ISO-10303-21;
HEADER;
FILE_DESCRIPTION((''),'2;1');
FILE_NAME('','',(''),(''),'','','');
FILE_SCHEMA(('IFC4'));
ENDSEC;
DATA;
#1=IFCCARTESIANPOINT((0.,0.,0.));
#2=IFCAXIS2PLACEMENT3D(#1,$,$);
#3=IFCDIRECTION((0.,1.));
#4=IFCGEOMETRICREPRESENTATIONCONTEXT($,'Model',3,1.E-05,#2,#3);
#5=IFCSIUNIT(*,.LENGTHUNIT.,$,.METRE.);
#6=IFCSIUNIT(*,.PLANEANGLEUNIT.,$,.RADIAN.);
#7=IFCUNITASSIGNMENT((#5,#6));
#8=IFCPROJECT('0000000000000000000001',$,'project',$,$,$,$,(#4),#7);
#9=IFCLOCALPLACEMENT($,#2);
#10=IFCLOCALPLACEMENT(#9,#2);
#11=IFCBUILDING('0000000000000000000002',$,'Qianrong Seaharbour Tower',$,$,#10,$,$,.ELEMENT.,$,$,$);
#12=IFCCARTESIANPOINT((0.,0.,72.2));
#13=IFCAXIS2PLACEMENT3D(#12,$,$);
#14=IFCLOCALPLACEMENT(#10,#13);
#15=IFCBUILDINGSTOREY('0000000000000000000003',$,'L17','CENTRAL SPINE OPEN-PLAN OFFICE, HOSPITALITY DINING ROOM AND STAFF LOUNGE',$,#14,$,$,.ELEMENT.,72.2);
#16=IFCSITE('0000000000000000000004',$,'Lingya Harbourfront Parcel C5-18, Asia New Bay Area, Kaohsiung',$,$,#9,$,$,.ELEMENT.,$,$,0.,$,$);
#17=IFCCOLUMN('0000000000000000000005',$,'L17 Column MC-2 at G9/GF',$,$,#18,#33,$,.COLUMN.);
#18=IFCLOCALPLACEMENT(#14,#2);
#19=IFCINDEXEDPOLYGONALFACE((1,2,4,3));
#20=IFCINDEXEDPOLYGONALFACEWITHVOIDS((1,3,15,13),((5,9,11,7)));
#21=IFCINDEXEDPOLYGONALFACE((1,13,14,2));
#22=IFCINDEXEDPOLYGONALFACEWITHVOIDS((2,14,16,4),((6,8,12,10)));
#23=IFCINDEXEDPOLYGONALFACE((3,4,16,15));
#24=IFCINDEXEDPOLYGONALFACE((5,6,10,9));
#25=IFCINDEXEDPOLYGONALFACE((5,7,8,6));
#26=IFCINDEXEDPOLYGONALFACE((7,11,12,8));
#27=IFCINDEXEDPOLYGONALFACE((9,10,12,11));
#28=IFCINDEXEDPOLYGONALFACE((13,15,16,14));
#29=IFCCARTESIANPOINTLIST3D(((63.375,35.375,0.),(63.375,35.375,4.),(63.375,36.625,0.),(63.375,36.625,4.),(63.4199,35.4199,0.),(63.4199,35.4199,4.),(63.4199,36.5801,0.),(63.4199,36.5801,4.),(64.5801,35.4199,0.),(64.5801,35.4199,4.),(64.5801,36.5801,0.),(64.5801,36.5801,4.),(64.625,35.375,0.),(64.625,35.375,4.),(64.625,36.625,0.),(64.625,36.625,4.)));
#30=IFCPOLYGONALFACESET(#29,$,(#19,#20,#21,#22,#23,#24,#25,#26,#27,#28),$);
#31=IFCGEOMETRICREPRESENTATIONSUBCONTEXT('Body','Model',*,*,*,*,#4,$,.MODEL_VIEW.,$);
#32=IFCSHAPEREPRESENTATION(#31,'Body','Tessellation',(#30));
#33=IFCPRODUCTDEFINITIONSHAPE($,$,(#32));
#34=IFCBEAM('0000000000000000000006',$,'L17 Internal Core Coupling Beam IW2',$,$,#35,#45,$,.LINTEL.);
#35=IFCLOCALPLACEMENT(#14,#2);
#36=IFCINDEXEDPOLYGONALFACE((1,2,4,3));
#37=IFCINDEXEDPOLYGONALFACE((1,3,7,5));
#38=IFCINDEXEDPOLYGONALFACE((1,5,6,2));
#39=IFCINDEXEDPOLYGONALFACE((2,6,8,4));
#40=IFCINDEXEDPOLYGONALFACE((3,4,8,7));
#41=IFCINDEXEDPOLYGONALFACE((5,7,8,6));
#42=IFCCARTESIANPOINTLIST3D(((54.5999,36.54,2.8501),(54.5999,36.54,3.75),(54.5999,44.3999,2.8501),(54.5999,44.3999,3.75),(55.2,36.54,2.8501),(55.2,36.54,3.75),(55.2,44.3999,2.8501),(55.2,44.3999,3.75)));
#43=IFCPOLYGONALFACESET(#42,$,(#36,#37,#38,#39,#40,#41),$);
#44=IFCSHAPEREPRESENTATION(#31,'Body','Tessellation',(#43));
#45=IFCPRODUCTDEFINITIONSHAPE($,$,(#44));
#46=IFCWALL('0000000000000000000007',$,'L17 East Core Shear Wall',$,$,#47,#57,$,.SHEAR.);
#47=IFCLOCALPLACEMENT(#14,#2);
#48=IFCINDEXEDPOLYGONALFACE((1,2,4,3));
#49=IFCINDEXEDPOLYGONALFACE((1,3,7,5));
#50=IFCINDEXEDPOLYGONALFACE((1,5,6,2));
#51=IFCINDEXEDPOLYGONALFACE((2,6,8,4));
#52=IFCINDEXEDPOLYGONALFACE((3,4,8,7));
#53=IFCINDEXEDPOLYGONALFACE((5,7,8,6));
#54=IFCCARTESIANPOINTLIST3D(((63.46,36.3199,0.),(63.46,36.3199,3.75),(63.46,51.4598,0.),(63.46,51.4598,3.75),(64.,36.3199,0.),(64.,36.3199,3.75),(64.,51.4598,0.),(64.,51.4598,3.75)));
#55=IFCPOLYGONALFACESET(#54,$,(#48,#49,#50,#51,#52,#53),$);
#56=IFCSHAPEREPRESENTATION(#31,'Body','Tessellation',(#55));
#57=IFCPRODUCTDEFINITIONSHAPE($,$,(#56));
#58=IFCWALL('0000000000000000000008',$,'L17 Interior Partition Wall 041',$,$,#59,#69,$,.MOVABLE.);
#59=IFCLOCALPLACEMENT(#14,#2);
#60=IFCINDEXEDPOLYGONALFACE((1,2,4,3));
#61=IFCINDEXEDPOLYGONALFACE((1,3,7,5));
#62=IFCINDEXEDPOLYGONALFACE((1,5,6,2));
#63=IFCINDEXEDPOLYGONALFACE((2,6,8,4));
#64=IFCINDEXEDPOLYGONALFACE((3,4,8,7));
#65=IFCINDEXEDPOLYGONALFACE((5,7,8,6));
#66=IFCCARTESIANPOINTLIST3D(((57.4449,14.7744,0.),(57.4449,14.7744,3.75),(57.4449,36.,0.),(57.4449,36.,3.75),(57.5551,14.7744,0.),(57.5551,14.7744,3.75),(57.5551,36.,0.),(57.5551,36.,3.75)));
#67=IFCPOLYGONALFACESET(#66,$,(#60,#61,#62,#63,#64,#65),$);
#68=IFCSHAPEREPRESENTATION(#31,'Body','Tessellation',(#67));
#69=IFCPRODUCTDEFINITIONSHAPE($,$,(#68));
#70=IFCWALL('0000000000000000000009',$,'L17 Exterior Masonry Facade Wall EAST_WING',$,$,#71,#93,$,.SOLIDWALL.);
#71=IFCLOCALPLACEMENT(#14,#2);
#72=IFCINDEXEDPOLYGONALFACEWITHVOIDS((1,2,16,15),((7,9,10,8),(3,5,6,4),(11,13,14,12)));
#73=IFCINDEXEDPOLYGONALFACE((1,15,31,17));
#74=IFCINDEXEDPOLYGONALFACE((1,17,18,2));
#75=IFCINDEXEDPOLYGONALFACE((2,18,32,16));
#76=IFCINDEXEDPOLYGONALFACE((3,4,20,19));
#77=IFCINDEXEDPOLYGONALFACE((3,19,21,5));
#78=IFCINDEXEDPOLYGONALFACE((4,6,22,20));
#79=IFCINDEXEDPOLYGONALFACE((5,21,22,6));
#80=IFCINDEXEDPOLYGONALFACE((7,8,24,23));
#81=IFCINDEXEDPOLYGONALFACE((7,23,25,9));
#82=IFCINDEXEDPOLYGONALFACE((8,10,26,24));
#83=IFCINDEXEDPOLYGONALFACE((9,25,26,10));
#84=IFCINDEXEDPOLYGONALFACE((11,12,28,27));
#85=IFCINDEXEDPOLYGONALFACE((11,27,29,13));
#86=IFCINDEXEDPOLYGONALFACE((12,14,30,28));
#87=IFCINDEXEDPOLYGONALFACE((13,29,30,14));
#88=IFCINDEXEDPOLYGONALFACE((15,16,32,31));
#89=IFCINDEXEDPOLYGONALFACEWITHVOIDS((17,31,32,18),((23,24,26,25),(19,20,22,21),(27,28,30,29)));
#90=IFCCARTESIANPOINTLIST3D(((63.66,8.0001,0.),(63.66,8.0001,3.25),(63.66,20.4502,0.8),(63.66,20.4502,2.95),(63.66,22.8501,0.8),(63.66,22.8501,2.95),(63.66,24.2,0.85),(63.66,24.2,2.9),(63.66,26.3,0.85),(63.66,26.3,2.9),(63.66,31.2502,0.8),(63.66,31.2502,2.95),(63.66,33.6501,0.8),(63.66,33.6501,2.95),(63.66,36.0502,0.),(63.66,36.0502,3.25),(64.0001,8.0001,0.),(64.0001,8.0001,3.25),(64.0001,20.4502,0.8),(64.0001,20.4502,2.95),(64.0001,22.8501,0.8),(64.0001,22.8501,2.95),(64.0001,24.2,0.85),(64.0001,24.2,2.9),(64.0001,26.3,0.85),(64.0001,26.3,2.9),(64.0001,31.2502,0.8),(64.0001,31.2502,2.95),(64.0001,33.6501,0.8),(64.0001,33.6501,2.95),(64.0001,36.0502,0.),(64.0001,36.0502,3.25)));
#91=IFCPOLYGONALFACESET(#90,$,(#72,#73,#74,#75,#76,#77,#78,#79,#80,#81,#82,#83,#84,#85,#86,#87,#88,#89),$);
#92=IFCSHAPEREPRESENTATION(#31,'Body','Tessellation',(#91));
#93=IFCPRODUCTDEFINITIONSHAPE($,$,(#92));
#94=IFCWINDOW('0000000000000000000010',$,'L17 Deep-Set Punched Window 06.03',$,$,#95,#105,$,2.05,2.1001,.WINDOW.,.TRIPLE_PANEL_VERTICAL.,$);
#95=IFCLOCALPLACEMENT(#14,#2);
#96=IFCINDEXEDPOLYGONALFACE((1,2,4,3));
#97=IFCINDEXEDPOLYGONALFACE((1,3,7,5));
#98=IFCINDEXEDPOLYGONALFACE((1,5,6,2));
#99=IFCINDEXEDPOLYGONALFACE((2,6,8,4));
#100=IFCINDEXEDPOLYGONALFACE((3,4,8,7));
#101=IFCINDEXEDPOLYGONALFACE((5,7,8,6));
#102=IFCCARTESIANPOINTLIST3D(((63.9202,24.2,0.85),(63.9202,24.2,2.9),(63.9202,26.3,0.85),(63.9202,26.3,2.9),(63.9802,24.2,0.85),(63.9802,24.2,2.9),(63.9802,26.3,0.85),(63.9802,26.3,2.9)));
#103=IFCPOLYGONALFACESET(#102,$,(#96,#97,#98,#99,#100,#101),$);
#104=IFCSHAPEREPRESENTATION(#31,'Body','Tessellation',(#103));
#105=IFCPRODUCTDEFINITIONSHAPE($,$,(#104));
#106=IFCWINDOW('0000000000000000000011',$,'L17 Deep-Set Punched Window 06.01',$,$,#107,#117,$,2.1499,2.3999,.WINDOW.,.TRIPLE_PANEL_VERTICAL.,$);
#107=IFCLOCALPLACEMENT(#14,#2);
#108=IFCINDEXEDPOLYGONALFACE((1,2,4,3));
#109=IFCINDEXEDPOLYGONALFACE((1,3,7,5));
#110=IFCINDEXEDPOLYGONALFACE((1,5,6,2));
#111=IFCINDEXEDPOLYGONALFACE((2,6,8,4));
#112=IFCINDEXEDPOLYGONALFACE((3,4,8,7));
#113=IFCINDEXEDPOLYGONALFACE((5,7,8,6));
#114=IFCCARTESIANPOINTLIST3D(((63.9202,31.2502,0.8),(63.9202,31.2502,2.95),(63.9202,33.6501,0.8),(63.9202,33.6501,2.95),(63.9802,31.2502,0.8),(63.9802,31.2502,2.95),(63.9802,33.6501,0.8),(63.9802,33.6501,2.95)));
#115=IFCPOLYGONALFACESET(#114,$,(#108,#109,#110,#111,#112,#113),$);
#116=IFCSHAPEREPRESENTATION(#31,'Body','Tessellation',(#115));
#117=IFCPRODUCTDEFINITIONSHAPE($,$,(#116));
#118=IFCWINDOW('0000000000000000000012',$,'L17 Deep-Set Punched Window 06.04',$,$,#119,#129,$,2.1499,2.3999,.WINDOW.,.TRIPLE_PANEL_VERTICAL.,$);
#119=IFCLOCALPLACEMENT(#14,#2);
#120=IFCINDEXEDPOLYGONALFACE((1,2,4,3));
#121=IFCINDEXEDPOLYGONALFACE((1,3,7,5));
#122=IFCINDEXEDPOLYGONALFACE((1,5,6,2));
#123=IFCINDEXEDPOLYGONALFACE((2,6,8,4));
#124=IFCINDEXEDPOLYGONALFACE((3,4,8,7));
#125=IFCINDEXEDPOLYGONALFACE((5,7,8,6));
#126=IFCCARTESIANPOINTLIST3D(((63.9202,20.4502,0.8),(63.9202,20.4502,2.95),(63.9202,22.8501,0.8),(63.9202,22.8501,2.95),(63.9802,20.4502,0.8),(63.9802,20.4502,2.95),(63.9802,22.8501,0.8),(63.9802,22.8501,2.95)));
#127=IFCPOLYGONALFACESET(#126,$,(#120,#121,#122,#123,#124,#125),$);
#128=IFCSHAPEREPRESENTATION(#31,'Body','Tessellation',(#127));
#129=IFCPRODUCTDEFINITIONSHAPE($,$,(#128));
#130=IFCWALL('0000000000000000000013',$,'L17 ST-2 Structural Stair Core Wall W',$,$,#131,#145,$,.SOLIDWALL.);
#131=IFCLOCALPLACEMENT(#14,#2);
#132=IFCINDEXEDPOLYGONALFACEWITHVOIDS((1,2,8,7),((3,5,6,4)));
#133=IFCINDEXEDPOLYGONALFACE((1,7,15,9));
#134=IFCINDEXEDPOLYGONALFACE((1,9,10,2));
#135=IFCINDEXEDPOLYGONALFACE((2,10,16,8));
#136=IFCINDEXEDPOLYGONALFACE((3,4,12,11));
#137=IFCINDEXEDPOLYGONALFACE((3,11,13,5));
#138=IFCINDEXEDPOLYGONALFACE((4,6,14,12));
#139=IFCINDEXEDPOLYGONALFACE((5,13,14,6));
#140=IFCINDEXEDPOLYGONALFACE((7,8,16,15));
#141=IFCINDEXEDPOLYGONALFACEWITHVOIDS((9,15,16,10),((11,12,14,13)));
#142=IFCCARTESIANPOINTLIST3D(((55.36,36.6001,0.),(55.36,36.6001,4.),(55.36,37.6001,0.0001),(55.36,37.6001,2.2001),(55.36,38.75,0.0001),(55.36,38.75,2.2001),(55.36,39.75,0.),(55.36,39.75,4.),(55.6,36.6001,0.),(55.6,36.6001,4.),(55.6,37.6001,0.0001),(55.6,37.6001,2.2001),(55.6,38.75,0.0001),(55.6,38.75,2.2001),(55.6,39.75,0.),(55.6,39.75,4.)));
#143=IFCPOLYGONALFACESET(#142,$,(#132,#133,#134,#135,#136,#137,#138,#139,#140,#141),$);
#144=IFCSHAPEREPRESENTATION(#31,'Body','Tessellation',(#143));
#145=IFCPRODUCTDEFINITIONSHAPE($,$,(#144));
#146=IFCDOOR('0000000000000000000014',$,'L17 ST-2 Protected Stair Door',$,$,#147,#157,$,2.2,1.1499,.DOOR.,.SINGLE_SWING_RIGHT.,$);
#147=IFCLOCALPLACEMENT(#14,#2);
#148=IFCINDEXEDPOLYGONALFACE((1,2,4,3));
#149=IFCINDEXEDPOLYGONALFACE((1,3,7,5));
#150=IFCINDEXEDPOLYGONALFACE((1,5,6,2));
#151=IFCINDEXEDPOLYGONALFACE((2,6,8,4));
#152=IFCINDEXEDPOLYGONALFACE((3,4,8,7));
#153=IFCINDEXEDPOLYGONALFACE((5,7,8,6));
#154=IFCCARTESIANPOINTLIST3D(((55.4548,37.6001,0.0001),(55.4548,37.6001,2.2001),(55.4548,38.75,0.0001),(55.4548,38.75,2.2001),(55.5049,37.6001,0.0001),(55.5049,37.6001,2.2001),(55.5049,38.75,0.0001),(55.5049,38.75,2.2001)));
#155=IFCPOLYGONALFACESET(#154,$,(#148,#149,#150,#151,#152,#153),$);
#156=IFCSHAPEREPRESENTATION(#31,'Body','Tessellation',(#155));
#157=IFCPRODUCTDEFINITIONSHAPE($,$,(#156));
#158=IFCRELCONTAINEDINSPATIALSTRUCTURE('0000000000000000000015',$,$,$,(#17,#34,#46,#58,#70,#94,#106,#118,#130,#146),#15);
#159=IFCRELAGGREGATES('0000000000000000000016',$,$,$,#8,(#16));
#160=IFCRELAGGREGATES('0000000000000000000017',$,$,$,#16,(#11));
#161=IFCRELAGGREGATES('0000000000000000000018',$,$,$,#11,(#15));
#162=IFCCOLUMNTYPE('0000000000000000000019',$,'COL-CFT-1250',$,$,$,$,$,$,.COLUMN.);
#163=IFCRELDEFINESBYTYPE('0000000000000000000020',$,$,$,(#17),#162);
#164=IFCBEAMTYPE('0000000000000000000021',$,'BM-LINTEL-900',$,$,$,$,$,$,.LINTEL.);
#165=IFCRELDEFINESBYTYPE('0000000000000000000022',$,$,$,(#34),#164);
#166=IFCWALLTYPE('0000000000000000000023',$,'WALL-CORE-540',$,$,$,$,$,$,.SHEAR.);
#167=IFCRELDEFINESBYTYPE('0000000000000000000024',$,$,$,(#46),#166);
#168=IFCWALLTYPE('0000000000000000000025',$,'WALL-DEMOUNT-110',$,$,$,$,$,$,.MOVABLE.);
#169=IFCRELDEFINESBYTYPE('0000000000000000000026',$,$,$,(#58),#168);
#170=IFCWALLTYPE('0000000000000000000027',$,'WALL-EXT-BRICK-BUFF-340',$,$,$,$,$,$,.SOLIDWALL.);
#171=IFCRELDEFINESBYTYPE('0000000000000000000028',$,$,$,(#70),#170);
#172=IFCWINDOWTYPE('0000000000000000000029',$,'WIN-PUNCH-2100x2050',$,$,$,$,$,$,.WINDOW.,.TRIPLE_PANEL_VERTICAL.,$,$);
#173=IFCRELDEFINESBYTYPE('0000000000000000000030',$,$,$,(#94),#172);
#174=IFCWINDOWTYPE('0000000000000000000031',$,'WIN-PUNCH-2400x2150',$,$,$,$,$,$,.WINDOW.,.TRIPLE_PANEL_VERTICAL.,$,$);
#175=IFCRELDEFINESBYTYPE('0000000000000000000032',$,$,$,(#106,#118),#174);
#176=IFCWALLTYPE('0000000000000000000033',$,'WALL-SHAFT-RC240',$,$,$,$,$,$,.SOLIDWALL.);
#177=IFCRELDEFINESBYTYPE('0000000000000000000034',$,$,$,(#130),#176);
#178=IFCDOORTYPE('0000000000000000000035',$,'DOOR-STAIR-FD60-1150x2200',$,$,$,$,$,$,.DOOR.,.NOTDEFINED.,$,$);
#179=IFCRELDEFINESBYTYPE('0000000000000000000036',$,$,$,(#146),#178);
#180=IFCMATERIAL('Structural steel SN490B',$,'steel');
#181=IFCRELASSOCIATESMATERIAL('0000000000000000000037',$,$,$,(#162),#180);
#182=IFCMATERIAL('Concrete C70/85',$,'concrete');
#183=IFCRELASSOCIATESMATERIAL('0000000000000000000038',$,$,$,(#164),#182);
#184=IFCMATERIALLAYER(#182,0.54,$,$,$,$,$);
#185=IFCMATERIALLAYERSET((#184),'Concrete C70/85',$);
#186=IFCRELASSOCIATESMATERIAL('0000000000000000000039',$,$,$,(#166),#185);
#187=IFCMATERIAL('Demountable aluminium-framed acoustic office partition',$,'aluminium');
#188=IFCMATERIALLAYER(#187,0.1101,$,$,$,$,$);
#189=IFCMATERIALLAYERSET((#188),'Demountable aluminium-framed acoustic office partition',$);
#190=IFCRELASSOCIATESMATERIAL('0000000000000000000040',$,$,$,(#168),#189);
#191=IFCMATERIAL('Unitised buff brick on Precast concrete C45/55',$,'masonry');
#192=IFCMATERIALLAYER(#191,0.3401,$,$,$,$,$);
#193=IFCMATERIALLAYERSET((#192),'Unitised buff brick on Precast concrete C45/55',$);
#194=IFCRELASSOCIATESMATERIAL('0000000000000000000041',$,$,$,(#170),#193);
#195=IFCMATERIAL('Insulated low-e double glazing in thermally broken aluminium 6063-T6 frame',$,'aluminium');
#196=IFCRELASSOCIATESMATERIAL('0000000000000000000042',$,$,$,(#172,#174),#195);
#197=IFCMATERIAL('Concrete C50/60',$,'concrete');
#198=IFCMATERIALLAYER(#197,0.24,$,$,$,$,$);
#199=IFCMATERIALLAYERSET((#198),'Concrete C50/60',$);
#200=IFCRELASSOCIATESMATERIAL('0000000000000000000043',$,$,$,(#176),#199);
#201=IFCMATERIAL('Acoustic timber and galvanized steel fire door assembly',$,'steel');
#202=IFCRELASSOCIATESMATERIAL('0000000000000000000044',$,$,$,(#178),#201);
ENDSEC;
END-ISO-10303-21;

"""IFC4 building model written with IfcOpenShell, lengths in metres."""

from ifc_helpers import new_model, si_unit, direction, frame, frame_2d, origin, origin_2d, place, context, subcontext, project, spatial, rectangle, hollow_rectangle, extrude, material, layer, layer_set, material_profile, profile_set, type_object, element, fill, save


model = new_model("IFC4")

# Units and contexts
model_context = context("Model", 3, precision=1e-05, world=origin(), true_north=direction((0.0, 1.0)))
body_context = subcontext(model_context, "Body", "Model", "MODEL_VIEW")
ifc_project = project(units=[si_unit("LENGTHUNIT", "METRE"), si_unit("PLANEANGLEUNIT", "RADIAN")], contexts=[model_context])

# Site, building, storey
site_placement = place(None, origin())
site = spatial("IfcSite", under=ifc_project, at=site_placement, Name="Lingya Harbourfront Parcel C5-18, Asia New Bay Area, Kaohsiung", CompositionType="ELEMENT", RefElevation=0.0)
building_placement = place(site_placement, origin())
building = spatial("IfcBuilding", under=site, at=building_placement, Name="Qianrong Seaharbour Tower", CompositionType="ELEMENT")
storey_placement = place(building_placement, frame((0.0, 0.0, 72.2)))
storey = spatial("IfcBuildingStorey", under=building, at=storey_placement, Name="L17", Description="CENTRAL SPINE OPEN-PLAN OFFICE, HOSPITALITY DINING ROOM AND STAFF LOUNGE", CompositionType="ELEMENT", Elevation=72.2)

# Column
ifc_material_1 = material(Name="Structural steel SN490B", Category="steel")
ifc_material_profile_1 = material_profile(ifc_material_1, hollow_rectangle(XDim=1.25, YDim=1.25, WallThickness=0.0449, at=origin_2d()), Name="BOX1250x1250x45")
ifc_profile_set_1 = profile_set([ifc_material_profile_1], Name="Structural steel SN490B")
column_type = type_object("IfcColumnType", Name="COL-CFT-1250", PredefinedType="COLUMN", material=ifc_profile_set_1)
column_placement = place(storey_placement, frame((64.0, 36.0, 0.0), z_axis=(0.0, 0.0, 1.0), x_axis=(1.0, 0.0, 0.0)))
element("IfcColumn", 1, at=column_placement, inside=storey, type_object=column_type, Name="L17 Column MC-2 at G9/GF", PredefinedType="COLUMN", context=body_context, shape_type="SweptSolid", body=[
    extrude(hollow_rectangle(XDim=1.25, YDim=1.25, WallThickness=0.0449, at=origin_2d()), origin(), (0.0, 0.0, 1.0), 4.0),
])

# Beam
ifc_material_2 = material(Name="Concrete C70/85", Category="concrete")
ifc_material_profile_2 = material_profile(ifc_material_2, rectangle(XDim=0.6001, YDim=0.8999, at=origin_2d()), Name="RC600x900")
ifc_profile_set_2 = profile_set([ifc_material_profile_2], Name="Concrete C70/85")
beam_type = type_object("IfcBeamType", Name="BM-LINTEL-900", PredefinedType="LINTEL", material=ifc_profile_set_2)
beam_placement = place(storey_placement, frame((54.8999, 36.54, 3.3), z_axis=(0.0, 1.0, 0.0), x_axis=(-1.0, 0.0, 0.0)))
element("IfcBeam", 2, at=beam_placement, inside=storey, type_object=beam_type, Name="L17 Internal Core Coupling Beam IW2", PredefinedType="LINTEL", context=body_context, shape_type="SweptSolid", body=[
    extrude(rectangle(XDim=0.6001, YDim=0.8999, at=origin_2d()), origin(), (0.0, 0.0, 1.0), 7.8599),
])

# Walls
ifc_layer_1 = layer(ifc_material_2, 0.54)
ifc_layer_set_1 = layer_set([ifc_layer_1], Name="Concrete C70/85")
wall_type_1 = type_object("IfcWallType", Name="WALL-CORE-540", PredefinedType="SHEAR", material=ifc_layer_set_1)
wall_1_placement = place(storey_placement, frame((63.73, 36.3201, 0.0), z_axis=(0.0, 0.0, 1.0), x_axis=(0.0, 1.0, 0.0)))
element("IfcWall", 3, at=wall_1_placement, inside=storey, type_object=wall_type_1, Name="L17 East Core Shear Wall", PredefinedType="SHEAR", context=body_context, shape_type="SweptSolid", body=[
    extrude(rectangle(XDim=15.1399, YDim=0.54, at=frame_2d((7.5698, 0.0))), origin(), (0.0, 0.0, 1.0), 3.75),
])
ifc_material_3 = material(Name="Demountable aluminium-framed acoustic office partition", Category="aluminium")
ifc_layer_2 = layer(ifc_material_3, 0.1101)
ifc_layer_set_2 = layer_set([ifc_layer_2], Name="Demountable aluminium-framed acoustic office partition")
wall_type_2 = type_object("IfcWallType", Name="WALL-DEMOUNT-110", PredefinedType="MOVABLE", material=ifc_layer_set_2)
wall_2_placement = place(storey_placement, frame((57.5, 36.0, 0.0), z_axis=(0.0, 0.0, 1.0), x_axis=(0.0, -1.0, 0.0)))
element("IfcWall", 4, at=wall_2_placement, inside=storey, type_object=wall_type_2, Name="L17 Interior Partition Wall 041", PredefinedType="MOVABLE", context=body_context, shape_type="SweptSolid", body=[
    extrude(rectangle(XDim=21.2256, YDim=0.1101, at=frame_2d((10.6128, 0.0))), origin(), (0.0, 0.0, 1.0), 3.75),
])

# Wall, openings, windows
ifc_material_4 = material(Name="Unitised buff brick on Precast concrete C45/55", Category="masonry")
ifc_layer_3 = layer(ifc_material_4, 0.3401)
ifc_layer_set_3 = layer_set([ifc_layer_3], Name="Unitised buff brick on Precast concrete C45/55")
wall_type_3 = type_object("IfcWallType", Name="WALL-EXT-BRICK-BUFF-340", PredefinedType="SOLIDWALL", material=ifc_layer_set_3)
wall_3_placement = place(storey_placement, frame((63.8301, 36.05, 0.0), z_axis=(0.0, 0.0, 1.0), x_axis=(0.0, -1.0, 0.0)))
wall_3 = element("IfcWall", 5, at=wall_3_placement, inside=storey, type_object=wall_type_3, Name="L17 Exterior Masonry Facade Wall EAST_WING", PredefinedType="SOLIDWALL", context=body_context, shape_type="SweptSolid", body=[
    extrude(rectangle(XDim=28.05, YDim=0.3401, at=frame_2d((14.0249, 0.0))), origin(), (0.0, 0.0, 1.0), 3.25),
])
opening_1_placement = place(wall_3_placement, frame((2.3999, 0.0, 0.8)))
opening_1 = element("IfcOpeningElement", 6, at=opening_1_placement, cuts=wall_3, PredefinedType="OPENING", context=body_context, shape_type="SweptSolid", body=[
    extrude(rectangle(XDim=2.3999, YDim=2.1499, at=frame_2d((1.2, 1.075))), frame((0.0, 0.1802, 0.0), z_axis=(0.0, -1.0, 0.0), x_axis=(1.0, 0.0, 0.0)), (0.0, 0.0, 1.0), 0.3601),
])
opening_2_placement = place(wall_3_placement, frame((9.75, 0.0, 0.8501)))
opening_2 = element("IfcOpeningElement", 7, at=opening_2_placement, cuts=wall_3, PredefinedType="OPENING", context=body_context, shape_type="SweptSolid", body=[
    extrude(rectangle(XDim=2.1001, YDim=2.05, at=frame_2d((1.05, 1.0249))), frame((0.0, 0.1802, 0.0), z_axis=(0.0, -1.0, 0.0), x_axis=(1.0, 0.0, 0.0)), (0.0, 0.0, 1.0), 0.3601),
])
opening_3_placement = place(wall_3_placement, frame((13.2, 0.0, 0.8)))
opening_3 = element("IfcOpeningElement", 8, at=opening_3_placement, cuts=wall_3, PredefinedType="OPENING", context=body_context, shape_type="SweptSolid", body=[
    extrude(rectangle(XDim=2.3999, YDim=2.1499, at=frame_2d((1.2, 1.075))), frame((0.0, 0.1802, 0.0), z_axis=(0.0, -1.0, 0.0), x_axis=(1.0, 0.0, 0.0)), (0.0, 0.0, 1.0), 0.3601),
])
ifc_material_5 = material(Name="Insulated low-e double glazing in thermally broken aluminium 6063-T6 frame", Category="aluminium")
window_type_1 = type_object("IfcWindowType", Name="WIN-PUNCH-2100x2050", PartitioningType="TRIPLE_PANEL_VERTICAL", PredefinedType="WINDOW", material=ifc_material_5)
window_1_placement = place(opening_2_placement, origin())
window_1 = element("IfcWindow", 9, at=window_1_placement, inside=storey, type_object=window_type_1, Name="L17 Deep-Set Punched Window 06.03", OverallHeight=2.05, OverallWidth=2.1001, PartitioningType="TRIPLE_PANEL_VERTICAL", PredefinedType="WINDOW", context=body_context, shape_type="SweptSolid", body=[
    extrude(rectangle(XDim=2.1001, YDim=2.05, at=frame_2d((1.05, 1.0249))), frame((0.0, 0.1501, 0.0), z_axis=(0.0, -1.0, 0.0), x_axis=(1.0, 0.0, 0.0)), (0.0, 0.0, 1.0), 0.0601),
])
fill(opening_2, window_1)
window_type_2 = type_object("IfcWindowType", Name="WIN-PUNCH-2400x2150", PartitioningType="TRIPLE_PANEL_VERTICAL", PredefinedType="WINDOW", material=ifc_material_5)
window_2_placement = place(opening_1_placement, origin())
window_2 = element("IfcWindow", 10, at=window_2_placement, inside=storey, type_object=window_type_2, Name="L17 Deep-Set Punched Window 06.01", OverallHeight=2.1499, OverallWidth=2.3999, PartitioningType="TRIPLE_PANEL_VERTICAL", PredefinedType="WINDOW", context=body_context, shape_type="SweptSolid", body=[
    extrude(rectangle(XDim=2.3999, YDim=2.1499, at=frame_2d((1.2, 1.075))), frame((0.0, 0.1501, 0.0), z_axis=(0.0, -1.0, 0.0), x_axis=(1.0, 0.0, 0.0)), (0.0, 0.0, 1.0), 0.0601),
])
fill(opening_1, window_2)
window_3_placement = place(opening_3_placement, origin())
window_3 = element("IfcWindow", 11, at=window_3_placement, inside=storey, type_object=window_type_2, Name="L17 Deep-Set Punched Window 06.04", OverallHeight=2.1499, OverallWidth=2.3999, PartitioningType="TRIPLE_PANEL_VERTICAL", PredefinedType="WINDOW", context=body_context, shape_type="SweptSolid", body=[
    extrude(rectangle(XDim=2.3999, YDim=2.1499, at=frame_2d((1.2, 1.075))), frame((0.0, 0.1501, 0.0), z_axis=(0.0, -1.0, 0.0), x_axis=(1.0, 0.0, 0.0)), (0.0, 0.0, 1.0), 0.0601),
])
fill(opening_3, window_3)

# Wall, opening, door
ifc_material_6 = material(Name="Concrete C50/60", Category="concrete")
ifc_layer_4 = layer(ifc_material_6, 0.24)
ifc_layer_set_4 = layer_set([ifc_layer_4], Name="Concrete C50/60")
wall_type_4 = type_object("IfcWallType", Name="WALL-SHAFT-RC240", PredefinedType="SOLIDWALL", material=ifc_layer_set_4)
wall_4_placement = place(storey_placement, frame((55.48, 39.75, 0.0), z_axis=(0.0, 0.0, 1.0), x_axis=(0.0, -1.0, 0.0)))
wall_4 = element("IfcWall", 12, at=wall_4_placement, inside=storey, type_object=wall_type_4, Name="L17 ST-2 Structural Stair Core Wall W", PredefinedType="SOLIDWALL", context=body_context, shape_type="SweptSolid", body=[
    extrude(rectangle(XDim=3.1499, YDim=0.24, at=frame_2d((1.575, 0.0))), origin(), (0.0, 0.0, 1.0), 4.0),
])
opening_4_placement = place(wall_4_placement, frame((1.0, 0.0, 0.0)))
opening_4 = element("IfcOpeningElement", 13, at=opening_4_placement, cuts=wall_4, PredefinedType="OPENING", context=body_context, shape_type="SweptSolid", body=[
    extrude(rectangle(XDim=1.1499, YDim=2.2, at=frame_2d((0.575, 1.1001))), frame((0.0, 0.1299, 0.0), z_axis=(0.0, -1.0, 0.0), x_axis=(1.0, 0.0, 0.0)), (0.0, 0.0, 1.0), 0.26),
])
ifc_material_7 = material(Name="Acoustic timber and galvanized steel fire door assembly", Category="steel")
door_type = type_object("IfcDoorType", Name="DOOR-STAIR-FD60-1150x2200", OperationType="NOTDEFINED", PredefinedType="DOOR", material=ifc_material_7)
door_placement = place(opening_4_placement, origin())
door = element("IfcDoor", 14, at=door_placement, inside=storey, type_object=door_type, Name="L17 ST-2 Protected Stair Door", OperationType="SINGLE_SWING_RIGHT", OverallHeight=2.2, OverallWidth=1.1499, PredefinedType="DOOR", context=body_context, shape_type="SweptSolid", body=[
    extrude(rectangle(XDim=1.1499, YDim=2.2, at=frame_2d((0.575, 1.1001))), frame((0.0, 0.0249, 0.0), z_axis=(0.0, -1.0, 0.0), x_axis=(1.0, 0.0, 0.0)), (0.0, 0.0, 1.0), 0.05),
])
fill(opening_4, door)

save(model, "model.ifc")
